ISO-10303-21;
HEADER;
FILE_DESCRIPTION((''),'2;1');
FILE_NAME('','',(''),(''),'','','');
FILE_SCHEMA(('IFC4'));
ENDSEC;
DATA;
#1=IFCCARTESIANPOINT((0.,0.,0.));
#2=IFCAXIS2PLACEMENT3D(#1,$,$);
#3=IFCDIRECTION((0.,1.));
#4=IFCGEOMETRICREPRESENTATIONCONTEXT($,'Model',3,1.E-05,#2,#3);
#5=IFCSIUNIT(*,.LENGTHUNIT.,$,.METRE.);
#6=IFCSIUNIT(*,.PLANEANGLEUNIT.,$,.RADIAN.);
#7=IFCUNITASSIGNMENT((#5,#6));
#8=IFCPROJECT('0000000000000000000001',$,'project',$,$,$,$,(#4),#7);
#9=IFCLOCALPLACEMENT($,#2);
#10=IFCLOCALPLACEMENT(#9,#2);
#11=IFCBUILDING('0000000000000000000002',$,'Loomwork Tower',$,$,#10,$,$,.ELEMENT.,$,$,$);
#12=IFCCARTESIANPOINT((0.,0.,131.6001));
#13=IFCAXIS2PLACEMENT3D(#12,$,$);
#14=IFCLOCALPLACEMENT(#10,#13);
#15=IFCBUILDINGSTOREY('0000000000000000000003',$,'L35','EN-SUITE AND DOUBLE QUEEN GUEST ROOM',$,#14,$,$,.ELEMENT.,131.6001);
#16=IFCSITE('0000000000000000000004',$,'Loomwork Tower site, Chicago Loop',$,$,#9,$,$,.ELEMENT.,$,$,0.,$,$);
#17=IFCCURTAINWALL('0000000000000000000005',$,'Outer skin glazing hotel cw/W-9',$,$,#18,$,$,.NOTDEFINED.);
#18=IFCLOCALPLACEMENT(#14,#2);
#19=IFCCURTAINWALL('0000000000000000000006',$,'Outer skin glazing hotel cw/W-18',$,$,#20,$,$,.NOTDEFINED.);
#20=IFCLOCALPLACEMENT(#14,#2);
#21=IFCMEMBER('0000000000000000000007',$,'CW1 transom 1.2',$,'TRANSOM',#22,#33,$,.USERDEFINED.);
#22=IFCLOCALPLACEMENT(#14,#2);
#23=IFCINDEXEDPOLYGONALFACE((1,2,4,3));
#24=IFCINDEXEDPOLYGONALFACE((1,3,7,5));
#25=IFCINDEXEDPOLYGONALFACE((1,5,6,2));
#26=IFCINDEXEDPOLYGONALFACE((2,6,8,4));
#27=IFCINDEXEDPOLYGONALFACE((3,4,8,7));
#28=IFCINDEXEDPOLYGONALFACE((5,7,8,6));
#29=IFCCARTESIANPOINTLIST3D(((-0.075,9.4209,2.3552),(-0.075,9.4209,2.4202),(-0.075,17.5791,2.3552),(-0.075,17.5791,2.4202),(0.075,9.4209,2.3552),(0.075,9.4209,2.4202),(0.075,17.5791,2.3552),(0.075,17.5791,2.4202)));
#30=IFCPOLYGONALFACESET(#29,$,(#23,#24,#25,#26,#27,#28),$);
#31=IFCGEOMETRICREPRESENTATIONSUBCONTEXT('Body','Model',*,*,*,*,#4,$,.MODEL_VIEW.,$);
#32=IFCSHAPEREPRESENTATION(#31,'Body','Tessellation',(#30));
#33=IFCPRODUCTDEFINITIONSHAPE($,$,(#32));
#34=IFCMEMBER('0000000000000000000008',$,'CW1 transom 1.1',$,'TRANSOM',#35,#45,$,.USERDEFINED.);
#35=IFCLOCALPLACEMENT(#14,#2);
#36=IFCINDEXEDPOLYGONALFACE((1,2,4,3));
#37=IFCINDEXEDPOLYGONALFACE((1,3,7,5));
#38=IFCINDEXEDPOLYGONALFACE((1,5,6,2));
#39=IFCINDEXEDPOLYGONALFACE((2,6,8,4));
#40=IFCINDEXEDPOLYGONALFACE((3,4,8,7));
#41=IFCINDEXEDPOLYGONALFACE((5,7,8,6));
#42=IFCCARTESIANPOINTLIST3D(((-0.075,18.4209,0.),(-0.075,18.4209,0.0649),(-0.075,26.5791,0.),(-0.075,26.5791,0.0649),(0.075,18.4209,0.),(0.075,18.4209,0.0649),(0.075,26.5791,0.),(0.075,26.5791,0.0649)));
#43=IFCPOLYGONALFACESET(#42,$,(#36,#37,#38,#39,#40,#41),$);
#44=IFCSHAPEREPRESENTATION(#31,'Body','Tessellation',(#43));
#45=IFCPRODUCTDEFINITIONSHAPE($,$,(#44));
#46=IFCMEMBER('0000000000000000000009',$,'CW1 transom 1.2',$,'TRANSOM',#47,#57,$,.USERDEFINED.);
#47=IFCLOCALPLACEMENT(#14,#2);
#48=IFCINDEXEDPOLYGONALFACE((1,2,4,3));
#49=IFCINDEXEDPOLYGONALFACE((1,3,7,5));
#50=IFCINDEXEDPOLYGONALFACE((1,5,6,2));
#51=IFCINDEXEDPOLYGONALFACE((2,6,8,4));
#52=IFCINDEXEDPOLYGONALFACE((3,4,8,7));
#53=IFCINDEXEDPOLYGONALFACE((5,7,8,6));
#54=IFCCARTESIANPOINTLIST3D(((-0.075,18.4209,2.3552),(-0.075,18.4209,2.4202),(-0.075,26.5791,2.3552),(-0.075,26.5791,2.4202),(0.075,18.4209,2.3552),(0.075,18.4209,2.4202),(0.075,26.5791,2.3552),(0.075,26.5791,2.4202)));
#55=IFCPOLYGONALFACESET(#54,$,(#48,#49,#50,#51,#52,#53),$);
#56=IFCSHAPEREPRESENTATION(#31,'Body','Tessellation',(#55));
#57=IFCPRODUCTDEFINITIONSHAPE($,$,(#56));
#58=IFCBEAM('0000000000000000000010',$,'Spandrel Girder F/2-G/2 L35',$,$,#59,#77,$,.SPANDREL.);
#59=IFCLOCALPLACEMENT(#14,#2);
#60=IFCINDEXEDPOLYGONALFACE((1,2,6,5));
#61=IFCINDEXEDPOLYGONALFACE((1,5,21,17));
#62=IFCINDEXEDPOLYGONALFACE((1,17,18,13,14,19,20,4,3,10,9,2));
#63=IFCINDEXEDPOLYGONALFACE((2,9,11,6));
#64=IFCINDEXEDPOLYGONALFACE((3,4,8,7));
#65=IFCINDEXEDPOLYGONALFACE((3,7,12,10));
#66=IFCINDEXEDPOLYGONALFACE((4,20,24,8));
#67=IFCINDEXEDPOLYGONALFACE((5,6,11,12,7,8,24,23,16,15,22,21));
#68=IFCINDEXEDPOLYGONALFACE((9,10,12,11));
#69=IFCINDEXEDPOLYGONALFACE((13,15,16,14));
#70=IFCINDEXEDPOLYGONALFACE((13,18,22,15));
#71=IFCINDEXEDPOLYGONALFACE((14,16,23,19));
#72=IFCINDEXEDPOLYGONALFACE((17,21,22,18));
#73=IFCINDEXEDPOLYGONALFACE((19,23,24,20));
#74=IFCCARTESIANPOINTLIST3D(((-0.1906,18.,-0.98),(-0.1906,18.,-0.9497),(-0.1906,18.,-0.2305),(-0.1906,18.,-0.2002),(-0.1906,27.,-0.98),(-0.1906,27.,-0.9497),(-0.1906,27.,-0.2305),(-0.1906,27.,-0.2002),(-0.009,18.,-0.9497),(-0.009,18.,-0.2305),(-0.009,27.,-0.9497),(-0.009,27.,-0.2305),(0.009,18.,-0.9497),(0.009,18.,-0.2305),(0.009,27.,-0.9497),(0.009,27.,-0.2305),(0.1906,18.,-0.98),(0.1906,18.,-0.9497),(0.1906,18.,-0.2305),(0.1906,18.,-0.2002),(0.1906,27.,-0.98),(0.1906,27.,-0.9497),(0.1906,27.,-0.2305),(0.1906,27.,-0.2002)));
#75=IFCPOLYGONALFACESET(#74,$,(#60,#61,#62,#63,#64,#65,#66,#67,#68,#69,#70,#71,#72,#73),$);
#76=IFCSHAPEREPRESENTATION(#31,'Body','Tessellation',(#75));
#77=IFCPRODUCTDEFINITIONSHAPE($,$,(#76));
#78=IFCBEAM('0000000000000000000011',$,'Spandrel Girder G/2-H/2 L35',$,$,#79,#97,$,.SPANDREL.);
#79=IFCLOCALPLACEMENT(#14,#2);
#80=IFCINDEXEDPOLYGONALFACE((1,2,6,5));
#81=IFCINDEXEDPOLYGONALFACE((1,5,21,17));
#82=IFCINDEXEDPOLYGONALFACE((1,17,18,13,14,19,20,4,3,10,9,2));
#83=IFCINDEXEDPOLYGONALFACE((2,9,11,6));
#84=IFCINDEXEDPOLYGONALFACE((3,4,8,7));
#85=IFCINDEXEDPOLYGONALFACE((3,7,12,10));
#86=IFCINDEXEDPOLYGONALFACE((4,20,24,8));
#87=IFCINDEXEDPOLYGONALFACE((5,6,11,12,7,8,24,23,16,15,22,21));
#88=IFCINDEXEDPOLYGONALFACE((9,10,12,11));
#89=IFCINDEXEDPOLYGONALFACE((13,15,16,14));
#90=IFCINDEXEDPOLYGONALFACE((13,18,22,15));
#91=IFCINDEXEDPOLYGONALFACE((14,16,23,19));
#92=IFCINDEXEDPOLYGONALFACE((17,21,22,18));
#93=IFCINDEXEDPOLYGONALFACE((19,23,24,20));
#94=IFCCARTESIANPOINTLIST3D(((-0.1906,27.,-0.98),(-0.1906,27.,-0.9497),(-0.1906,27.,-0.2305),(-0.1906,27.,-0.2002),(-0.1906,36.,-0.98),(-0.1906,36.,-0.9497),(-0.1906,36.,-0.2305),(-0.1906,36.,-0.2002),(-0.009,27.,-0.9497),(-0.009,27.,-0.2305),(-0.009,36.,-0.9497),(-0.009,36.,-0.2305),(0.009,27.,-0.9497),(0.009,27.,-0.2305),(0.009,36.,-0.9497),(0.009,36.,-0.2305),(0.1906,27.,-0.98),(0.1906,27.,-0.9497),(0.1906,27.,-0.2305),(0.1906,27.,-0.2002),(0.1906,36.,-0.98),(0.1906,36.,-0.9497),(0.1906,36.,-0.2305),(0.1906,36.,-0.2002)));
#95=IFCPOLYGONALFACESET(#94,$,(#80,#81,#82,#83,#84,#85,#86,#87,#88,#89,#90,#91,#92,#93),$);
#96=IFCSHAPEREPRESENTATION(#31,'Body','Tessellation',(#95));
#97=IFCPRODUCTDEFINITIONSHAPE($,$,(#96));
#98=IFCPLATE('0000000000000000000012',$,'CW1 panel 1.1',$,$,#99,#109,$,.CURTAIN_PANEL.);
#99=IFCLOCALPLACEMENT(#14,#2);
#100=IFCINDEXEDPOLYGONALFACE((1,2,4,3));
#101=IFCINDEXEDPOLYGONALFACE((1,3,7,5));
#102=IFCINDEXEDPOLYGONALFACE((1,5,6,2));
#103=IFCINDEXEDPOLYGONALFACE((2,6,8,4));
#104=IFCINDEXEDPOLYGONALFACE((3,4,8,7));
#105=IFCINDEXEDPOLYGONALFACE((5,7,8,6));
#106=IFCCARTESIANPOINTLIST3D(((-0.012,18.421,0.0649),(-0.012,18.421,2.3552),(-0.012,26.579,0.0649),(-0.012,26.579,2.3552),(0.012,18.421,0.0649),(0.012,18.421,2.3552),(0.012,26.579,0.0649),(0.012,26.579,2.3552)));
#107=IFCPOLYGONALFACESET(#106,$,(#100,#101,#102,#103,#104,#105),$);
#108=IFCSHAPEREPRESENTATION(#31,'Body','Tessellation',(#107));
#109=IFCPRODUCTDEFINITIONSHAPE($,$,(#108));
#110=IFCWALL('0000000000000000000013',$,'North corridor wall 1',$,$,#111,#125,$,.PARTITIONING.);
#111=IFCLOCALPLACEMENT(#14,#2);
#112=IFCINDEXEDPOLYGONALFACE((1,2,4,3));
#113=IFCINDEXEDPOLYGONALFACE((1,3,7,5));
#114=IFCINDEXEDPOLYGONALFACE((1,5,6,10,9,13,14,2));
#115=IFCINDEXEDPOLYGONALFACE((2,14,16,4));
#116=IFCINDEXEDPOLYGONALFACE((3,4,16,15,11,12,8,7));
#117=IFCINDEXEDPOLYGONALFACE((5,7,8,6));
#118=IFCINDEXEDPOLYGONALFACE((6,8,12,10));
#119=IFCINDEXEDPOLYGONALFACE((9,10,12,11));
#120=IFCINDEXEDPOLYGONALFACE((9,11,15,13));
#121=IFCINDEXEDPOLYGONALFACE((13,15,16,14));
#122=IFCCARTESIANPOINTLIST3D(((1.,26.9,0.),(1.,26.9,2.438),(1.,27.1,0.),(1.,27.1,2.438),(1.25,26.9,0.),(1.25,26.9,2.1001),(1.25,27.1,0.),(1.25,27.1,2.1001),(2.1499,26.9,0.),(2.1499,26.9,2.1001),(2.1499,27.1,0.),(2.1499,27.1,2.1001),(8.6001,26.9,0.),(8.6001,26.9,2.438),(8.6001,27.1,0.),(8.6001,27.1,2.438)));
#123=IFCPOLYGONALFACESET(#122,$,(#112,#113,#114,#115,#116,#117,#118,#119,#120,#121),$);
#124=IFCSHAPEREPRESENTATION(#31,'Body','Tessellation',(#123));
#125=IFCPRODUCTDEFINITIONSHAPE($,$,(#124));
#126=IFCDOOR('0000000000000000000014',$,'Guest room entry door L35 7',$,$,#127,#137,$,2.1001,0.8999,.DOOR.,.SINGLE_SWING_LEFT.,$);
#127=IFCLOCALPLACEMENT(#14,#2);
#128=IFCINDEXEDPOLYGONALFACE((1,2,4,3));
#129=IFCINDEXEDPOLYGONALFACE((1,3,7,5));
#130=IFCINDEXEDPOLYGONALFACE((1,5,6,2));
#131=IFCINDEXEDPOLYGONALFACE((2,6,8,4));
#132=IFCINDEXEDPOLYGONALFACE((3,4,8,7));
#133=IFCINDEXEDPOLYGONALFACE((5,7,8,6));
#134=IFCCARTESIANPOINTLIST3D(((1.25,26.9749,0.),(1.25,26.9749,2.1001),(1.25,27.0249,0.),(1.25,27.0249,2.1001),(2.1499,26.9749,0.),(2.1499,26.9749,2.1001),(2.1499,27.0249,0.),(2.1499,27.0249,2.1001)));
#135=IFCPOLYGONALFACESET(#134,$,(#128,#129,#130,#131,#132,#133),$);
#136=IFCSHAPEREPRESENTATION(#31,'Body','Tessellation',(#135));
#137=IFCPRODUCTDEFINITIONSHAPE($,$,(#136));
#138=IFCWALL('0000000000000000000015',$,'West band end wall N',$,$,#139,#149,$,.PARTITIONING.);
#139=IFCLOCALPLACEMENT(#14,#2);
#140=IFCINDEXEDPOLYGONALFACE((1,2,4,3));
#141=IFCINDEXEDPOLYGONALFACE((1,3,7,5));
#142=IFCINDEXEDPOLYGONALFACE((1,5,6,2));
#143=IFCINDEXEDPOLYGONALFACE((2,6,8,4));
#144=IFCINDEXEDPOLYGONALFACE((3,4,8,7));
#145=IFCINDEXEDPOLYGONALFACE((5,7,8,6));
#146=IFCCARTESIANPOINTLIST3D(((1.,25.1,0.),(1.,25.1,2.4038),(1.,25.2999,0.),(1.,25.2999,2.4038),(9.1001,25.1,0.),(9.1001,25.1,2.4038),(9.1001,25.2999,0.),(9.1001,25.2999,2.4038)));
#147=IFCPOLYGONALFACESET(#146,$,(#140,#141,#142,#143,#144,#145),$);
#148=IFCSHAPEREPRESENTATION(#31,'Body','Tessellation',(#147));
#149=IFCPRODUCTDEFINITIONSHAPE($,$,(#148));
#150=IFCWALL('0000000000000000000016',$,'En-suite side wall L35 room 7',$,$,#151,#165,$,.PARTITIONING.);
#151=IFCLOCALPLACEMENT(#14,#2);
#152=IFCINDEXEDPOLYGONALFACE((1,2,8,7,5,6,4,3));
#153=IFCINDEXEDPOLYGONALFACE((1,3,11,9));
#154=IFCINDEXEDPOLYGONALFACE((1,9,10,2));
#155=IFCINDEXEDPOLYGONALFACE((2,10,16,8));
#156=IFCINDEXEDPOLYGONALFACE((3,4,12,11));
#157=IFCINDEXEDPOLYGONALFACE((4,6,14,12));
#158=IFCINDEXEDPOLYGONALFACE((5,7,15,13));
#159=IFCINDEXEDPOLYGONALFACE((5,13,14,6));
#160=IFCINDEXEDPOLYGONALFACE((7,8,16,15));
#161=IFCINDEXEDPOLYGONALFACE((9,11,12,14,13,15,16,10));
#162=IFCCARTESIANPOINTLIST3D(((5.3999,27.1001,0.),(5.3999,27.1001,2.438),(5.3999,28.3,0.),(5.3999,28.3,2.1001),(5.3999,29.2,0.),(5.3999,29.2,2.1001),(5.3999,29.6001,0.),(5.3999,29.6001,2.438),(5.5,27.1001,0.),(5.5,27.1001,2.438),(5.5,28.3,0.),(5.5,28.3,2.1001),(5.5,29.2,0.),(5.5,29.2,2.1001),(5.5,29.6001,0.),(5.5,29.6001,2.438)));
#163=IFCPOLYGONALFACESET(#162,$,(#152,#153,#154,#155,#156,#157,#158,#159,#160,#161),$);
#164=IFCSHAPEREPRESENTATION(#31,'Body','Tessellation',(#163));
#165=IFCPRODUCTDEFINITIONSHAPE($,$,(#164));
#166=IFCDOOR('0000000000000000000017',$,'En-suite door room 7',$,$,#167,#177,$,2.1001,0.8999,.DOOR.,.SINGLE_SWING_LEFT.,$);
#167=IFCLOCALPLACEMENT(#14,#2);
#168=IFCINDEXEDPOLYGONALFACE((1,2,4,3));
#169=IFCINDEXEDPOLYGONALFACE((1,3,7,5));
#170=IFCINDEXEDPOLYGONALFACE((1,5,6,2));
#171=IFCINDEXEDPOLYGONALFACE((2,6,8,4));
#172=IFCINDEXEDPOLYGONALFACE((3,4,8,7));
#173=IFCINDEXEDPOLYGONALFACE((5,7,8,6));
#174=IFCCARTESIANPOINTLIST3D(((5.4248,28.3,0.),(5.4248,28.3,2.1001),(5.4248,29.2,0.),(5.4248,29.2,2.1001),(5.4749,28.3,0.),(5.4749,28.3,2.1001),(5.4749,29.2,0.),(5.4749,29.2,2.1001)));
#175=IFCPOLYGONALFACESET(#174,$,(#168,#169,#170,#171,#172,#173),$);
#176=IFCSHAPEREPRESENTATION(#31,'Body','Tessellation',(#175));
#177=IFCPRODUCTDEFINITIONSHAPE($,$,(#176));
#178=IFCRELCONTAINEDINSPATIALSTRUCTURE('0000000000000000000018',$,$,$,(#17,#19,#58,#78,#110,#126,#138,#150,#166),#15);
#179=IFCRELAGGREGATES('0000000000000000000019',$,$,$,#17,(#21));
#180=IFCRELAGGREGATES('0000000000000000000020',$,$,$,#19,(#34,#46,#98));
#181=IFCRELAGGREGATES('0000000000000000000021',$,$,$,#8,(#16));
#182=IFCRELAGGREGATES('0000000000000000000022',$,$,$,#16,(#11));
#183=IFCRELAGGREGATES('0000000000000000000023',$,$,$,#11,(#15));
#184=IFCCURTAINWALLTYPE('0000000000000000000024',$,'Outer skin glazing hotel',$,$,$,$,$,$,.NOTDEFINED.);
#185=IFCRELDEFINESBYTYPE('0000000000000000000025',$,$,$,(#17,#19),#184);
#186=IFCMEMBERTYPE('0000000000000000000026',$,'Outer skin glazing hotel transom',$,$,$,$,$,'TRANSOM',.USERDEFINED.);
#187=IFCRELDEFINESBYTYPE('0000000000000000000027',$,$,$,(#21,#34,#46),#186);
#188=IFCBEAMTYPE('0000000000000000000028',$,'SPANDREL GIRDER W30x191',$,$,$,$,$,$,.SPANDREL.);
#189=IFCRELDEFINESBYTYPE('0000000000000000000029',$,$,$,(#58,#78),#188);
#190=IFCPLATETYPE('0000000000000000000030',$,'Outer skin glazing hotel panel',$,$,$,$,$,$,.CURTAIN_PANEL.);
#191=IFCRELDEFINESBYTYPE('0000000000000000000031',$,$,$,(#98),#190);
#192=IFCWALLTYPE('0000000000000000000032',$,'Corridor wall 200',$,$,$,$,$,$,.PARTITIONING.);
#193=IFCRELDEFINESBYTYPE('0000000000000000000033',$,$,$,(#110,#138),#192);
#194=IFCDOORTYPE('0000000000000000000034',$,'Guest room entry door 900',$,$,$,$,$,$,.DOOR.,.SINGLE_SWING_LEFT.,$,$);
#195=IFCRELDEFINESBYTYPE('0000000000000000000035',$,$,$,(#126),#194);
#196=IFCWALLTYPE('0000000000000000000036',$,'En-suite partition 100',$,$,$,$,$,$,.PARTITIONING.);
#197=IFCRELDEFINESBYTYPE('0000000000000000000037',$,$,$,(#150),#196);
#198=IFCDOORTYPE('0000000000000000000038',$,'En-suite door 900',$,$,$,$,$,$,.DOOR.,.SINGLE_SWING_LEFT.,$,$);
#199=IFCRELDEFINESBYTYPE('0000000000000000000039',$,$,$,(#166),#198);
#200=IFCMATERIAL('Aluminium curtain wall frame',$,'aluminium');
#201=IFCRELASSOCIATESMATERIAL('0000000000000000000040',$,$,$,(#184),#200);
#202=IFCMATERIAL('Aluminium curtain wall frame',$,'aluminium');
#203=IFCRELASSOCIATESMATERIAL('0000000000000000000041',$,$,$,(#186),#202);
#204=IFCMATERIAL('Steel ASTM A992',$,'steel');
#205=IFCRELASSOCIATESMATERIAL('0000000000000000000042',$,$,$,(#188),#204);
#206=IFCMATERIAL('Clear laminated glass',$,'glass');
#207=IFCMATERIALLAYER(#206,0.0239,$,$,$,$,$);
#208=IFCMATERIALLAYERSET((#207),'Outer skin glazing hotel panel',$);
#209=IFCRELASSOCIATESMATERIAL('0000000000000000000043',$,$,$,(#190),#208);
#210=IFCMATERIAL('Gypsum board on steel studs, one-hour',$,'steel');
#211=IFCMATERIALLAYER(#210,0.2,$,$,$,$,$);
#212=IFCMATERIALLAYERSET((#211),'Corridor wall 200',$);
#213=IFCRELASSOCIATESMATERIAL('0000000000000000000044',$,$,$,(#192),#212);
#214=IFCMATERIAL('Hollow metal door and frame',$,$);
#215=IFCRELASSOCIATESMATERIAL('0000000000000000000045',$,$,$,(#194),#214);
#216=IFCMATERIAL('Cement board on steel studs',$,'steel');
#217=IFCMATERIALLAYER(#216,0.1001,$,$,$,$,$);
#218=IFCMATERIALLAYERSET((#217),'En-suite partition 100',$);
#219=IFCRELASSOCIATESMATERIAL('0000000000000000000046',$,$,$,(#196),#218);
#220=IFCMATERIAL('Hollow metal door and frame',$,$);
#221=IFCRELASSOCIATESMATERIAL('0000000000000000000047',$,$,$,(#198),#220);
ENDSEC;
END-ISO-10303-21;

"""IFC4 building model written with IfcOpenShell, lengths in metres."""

from ifc_helpers import new_model, si_unit, direction, frame, frame_2d, origin, origin_2d, place, context, subcontext, project, spatial, rectangle, i_section, extrude, material, layer, layer_set, material_profile, profile_set, type_object, element, fill, aggregate, save


model = new_model("IFC4")

# Units and contexts
model_context = context("Model", 3, precision=1e-05, world=origin(), true_north=direction((0.0, 1.0)))
body_context = subcontext(model_context, "Body", "Model", "MODEL_VIEW")
ifc_project = project(units=[si_unit("LENGTHUNIT", "METRE"), si_unit("PLANEANGLEUNIT", "RADIAN")], contexts=[model_context])

# Site, building, storey
site_placement = place(None, origin())
site = spatial("IfcSite", under=ifc_project, at=site_placement, Name="Loomwork Tower site, Chicago Loop", CompositionType="ELEMENT", RefElevation=0.0)
building_placement = place(site_placement, origin())
building = spatial("IfcBuilding", under=site, at=building_placement, Name="Loomwork Tower", CompositionType="ELEMENT")
storey_placement = place(building_placement, frame((0.0, 0.0, 131.6001)))
storey = spatial("IfcBuildingStorey", under=building, at=storey_placement, Name="L35", Description="EN-SUITE AND DOUBLE QUEEN GUEST ROOM", CompositionType="ELEMENT", Elevation=131.6001)

# Curtain wall
ifc_material_1 = material(Name="Aluminium curtain wall frame", Category="aluminium")
curtain_wall_type = type_object("IfcCurtainWallType", Name="Outer skin glazing hotel", PredefinedType="NOTDEFINED", material=ifc_material_1)
curtain_wall_1_placement = place(storey_placement, origin())
curtain_wall_1 = element("IfcCurtainWall", 1, at=curtain_wall_1_placement, inside=storey, type_object=curtain_wall_type, Name="Outer skin glazing hotel cw/W-9", PredefinedType="NOTDEFINED")

# Curtain wall
curtain_wall_2_placement = place(storey_placement, origin())
curtain_wall_2 = element("IfcCurtainWall", 2, at=curtain_wall_2_placement, inside=storey, type_object=curtain_wall_type, Name="Outer skin glazing hotel cw/W-18", PredefinedType="NOTDEFINED")

# Members
ifc_material_2 = material(Name="Aluminium curtain wall frame", Category="aluminium")
ifc_material_profile_1 = material_profile(ifc_material_2, rectangle(XDim=0.1499, YDim=0.0649, at=origin_2d()), Name="AL 65x150")
ifc_profile_set_1 = profile_set([ifc_material_profile_1], Name="Aluminium curtain wall frame")
member_type_1 = type_object("IfcMemberType", Name="Outer skin glazing hotel transom", ElementType="TRANSOM", PredefinedType="USERDEFINED", material=ifc_profile_set_1)
member_1_placement = place(storey_placement, frame((0.0, 17.5791, 2.3877), z_axis=(0.0, -1.0, 0.0), x_axis=(1.0, 0.0, 0.0)))
member_1 = element("IfcMember", 3, at=member_1_placement, type_object=member_type_1, Name="CW1 transom 1.2", ObjectType="TRANSOM", PredefinedType="USERDEFINED", context=body_context, shape_type="SweptSolid", body=[
    extrude(rectangle(XDim=0.1499, YDim=0.0649, at=origin_2d()), origin(), (0.0, 0.0, 1.0), 8.1582),
])
aggregate(curtain_wall_1, [member_1])
member_2_placement = place(storey_placement, frame((0.0, 26.5791, 0.0325), z_axis=(0.0, -1.0, 0.0), x_axis=(1.0, 0.0, 0.0)))
member_2 = element("IfcMember", 4, at=member_2_placement, type_object=member_type_1, Name="CW1 transom 1.1", ObjectType="TRANSOM", PredefinedType="USERDEFINED", context=body_context, shape_type="SweptSolid", body=[
    extrude(rectangle(XDim=0.1499, YDim=0.0649, at=origin_2d()), origin(), (0.0, 0.0, 1.0), 8.1582),
])
member_3_placement = place(storey_placement, frame((0.0, 26.5791, 2.3877), z_axis=(0.0, -1.0, 0.0), x_axis=(1.0, 0.0, 0.0)))
member_3 = element("IfcMember", 5, at=member_3_placement, type_object=member_type_1, Name="CW1 transom 1.2", ObjectType="TRANSOM", PredefinedType="USERDEFINED", context=body_context, shape_type="SweptSolid", body=[
    extrude(rectangle(XDim=0.1499, YDim=0.0649, at=origin_2d()), origin(), (0.0, 0.0, 1.0), 8.1582),
])

# Beams
ifc_material_3 = material(Name="Steel ASTM A992", Category="steel")
ifc_material_profile_2 = material_profile(ifc_material_3, i_section(OverallWidth=0.3811, OverallDepth=0.7798, WebThickness=0.0181, FlangeThickness=0.0303, at=origin_2d()), Name="W30x191")
ifc_profile_set_2 = profile_set([ifc_material_profile_2], Name="Steel ASTM A992")
beam_type_1 = type_object("IfcBeamType", Name="SPANDREL GIRDER W30x191", PredefinedType="SPANDREL", material=ifc_profile_set_2)
for number, where, z_axis, x_axis, name in (
    (6, (0.0, 18.0, -0.5901), (0.0, 1.0, 0.0), (-1.0, 0.0, 0.0), "Spandrel Girder F/2-G/2 L35"),
    (7, (0.0, 27.0, -0.5901), (0.0, 1.0, 0.0), (-1.0, 0.0, 0.0), "Spandrel Girder G/2-H/2 L35"),
):
    element("IfcBeam", number, at=place(storey_placement, frame(where, z_axis=z_axis, x_axis=x_axis)), inside=storey, type_object=beam_type_1, Name=name, PredefinedType="SPANDREL", context=body_context, shape_type="SweptSolid", body=[
        extrude(i_section(OverallWidth=0.3811, OverallDepth=0.7798, WebThickness=0.0181, FlangeThickness=0.0303, at=origin_2d()), origin(), (0.0, 0.0, 1.0), 9.0),
    ])

# Plate
ifc_material_4 = material(Name="Clear laminated glass", Category="glass")
ifc_layer_1 = layer(ifc_material_4, 0.0239)
ifc_layer_set_1 = layer_set([ifc_layer_1], Name="Outer skin glazing hotel panel")
plate_type = type_object("IfcPlateType", Name="Outer skin glazing hotel panel", PredefinedType="CURTAIN_PANEL", material=ifc_layer_set_1)
plate_placement = place(storey_placement, frame((0.0, 22.5, 0.0649), z_axis=(0.0, 0.0, 1.0), x_axis=(0.0, -1.0, 0.0)))
plate = element("IfcPlate", 8, at=plate_placement, type_object=plate_type, Name="CW1 panel 1.1", PredefinedType="CURTAIN_PANEL", context=body_context, shape_type="SweptSolid", body=[
    extrude(rectangle(XDim=8.158, YDim=0.0239, at=origin_2d()), origin(), (0.0, 0.0, 1.0), 2.2903),
])
aggregate(curtain_wall_2, [member_2, member_3, plate])

# Wall, opening, door
ifc_material_5 = material(Name="Gypsum board on steel studs, one-hour", Category="steel")
ifc_layer_2 = layer(ifc_material_5, 0.2)
ifc_layer_set_2 = layer_set([ifc_layer_2], Name="Corridor wall 200")
wall_type_1 = type_object("IfcWallType", Name="Corridor wall 200", PredefinedType="PARTITIONING", material=ifc_layer_set_2)
wall_1_placement = place(storey_placement, frame((1.0, 27.0, 0.0), z_axis=(0.0, 0.0, 1.0), x_axis=(1.0, 0.0, 0.0)))
wall_1 = element("IfcWall", 9, at=wall_1_placement, inside=storey, type_object=wall_type_1, Name="North corridor wall 1", PredefinedType="PARTITIONING", context=body_context, shape_type="SweptSolid", body=[
    extrude(rectangle(XDim=7.6001, YDim=0.2, at=frame_2d((3.8, 0.0))), origin(), (0.0, 0.0, 1.0), 2.438),
])
opening_1_placement = place(wall_1_placement, frame((0.25, 0.0, 0.0)))
opening_1 = element("IfcOpeningElement", 10, at=opening_1_placement, cuts=wall_1, PredefinedType="OPENING", context=body_context, shape_type="SweptSolid", body=[
    extrude(rectangle(XDim=0.8999, YDim=2.1001, at=frame_2d((0.45, 1.05))), frame((0.0, 0.1099, 0.0), z_axis=(0.0, -1.0, 0.0), x_axis=(1.0, 0.0, 0.0)), (0.0, 0.0, 1.0), 0.22),
])
ifc_material_6 = material(Name="Hollow metal door and frame")
door_type_1 = type_object("IfcDoorType", Name="Guest room entry door 900", OperationType="SINGLE_SWING_LEFT", PredefinedType="DOOR", material=ifc_material_6)
door_1_placement = place(opening_1_placement, origin())
door_1 = element("IfcDoor", 11, at=door_1_placement, inside=storey, type_object=door_type_1, Name="Guest room entry door L35 7", OperationType="SINGLE_SWING_LEFT", OverallHeight=2.1001, OverallWidth=0.8999, PredefinedType="DOOR", context=body_context, shape_type="SweptSolid", body=[
    extrude(rectangle(XDim=0.8999, YDim=2.1001, at=frame_2d((0.45, 1.05))), frame((0.0, 0.0249, 0.0), z_axis=(0.0, -1.0, 0.0), x_axis=(1.0, 0.0, 0.0)), (0.0, 0.0, 1.0), 0.05),
])
fill(opening_1, door_1)

# Wall
wall_2_placement = place(storey_placement, frame((1.0, 25.2, 0.0), z_axis=(0.0, 0.0, 1.0), x_axis=(1.0, 0.0, 0.0)))
element("IfcWall", 12, at=wall_2_placement, inside=storey, type_object=wall_type_1, Name="West band end wall N", PredefinedType="PARTITIONING", context=body_context, shape_type="SweptSolid", body=[
    extrude(rectangle(XDim=8.1001, YDim=0.2, at=frame_2d((4.05, 0.0))), origin(), (0.0, 0.0, 1.0), 2.4038),
])

# Wall, opening, door
ifc_material_7 = material(Name="Cement board on steel studs", Category="steel")
ifc_layer_3 = layer(ifc_material_7, 0.1001)
ifc_layer_set_3 = layer_set([ifc_layer_3], Name="En-suite partition 100")
wall_type_2 = type_object("IfcWallType", Name="En-suite partition 100", PredefinedType="PARTITIONING", material=ifc_layer_set_3)
wall_3_placement = place(storey_placement, frame((5.45, 27.1001, 0.0), z_axis=(0.0, 0.0, 1.0), x_axis=(0.0, 1.0, 0.0)))
wall_3 = element("IfcWall", 13, at=wall_3_placement, inside=storey, type_object=wall_type_2, Name="En-suite side wall L35 room 7", PredefinedType="PARTITIONING", context=body_context, shape_type="SweptSolid", body=[
    extrude(rectangle(XDim=2.5, YDim=0.1001, at=frame_2d((1.25, 0.0))), origin(), (0.0, 0.0, 1.0), 2.438),
])
opening_2_placement = place(wall_3_placement, frame((1.2, 0.0, 0.0)))
opening_2 = element("IfcOpeningElement", 14, at=opening_2_placement, cuts=wall_3, PredefinedType="OPENING", context=body_context, shape_type="SweptSolid", body=[
    extrude(rectangle(XDim=0.8999, YDim=2.1001, at=frame_2d((0.45, 1.05))), frame((0.0, 0.0601, 0.0), z_axis=(0.0, -1.0, 0.0), x_axis=(1.0, 0.0, 0.0)), (0.0, 0.0, 1.0), 0.1201),
])
ifc_material_8 = material(Name="Hollow metal door and frame")
door_type_2 = type_object("IfcDoorType", Name="En-suite door 900", OperationType="SINGLE_SWING_LEFT", PredefinedType="DOOR", material=ifc_material_8)
door_2_placement = place(opening_2_placement, frame((0.8999, 0.0, 0.0), z_axis=(0.0, 0.0, 1.0), x_axis=(-1.0, 0.0, 0.0)))
door_2 = element("IfcDoor", 15, at=door_2_placement, inside=storey, type_object=door_type_2, Name="En-suite door room 7", OperationType="SINGLE_SWING_LEFT", OverallHeight=2.1001, OverallWidth=0.8999, PredefinedType="DOOR", context=body_context, shape_type="SweptSolid", body=[
    extrude(rectangle(XDim=0.8999, YDim=2.1001, at=frame_2d((0.45, 1.05))), frame((0.0, 0.0249, 0.0), z_axis=(0.0, -1.0, 0.0), x_axis=(1.0, 0.0, 0.0)), (0.0, 0.0, 1.0), 0.05),
])
fill(opening_2, door_2)

save(model, "model.ifc")
